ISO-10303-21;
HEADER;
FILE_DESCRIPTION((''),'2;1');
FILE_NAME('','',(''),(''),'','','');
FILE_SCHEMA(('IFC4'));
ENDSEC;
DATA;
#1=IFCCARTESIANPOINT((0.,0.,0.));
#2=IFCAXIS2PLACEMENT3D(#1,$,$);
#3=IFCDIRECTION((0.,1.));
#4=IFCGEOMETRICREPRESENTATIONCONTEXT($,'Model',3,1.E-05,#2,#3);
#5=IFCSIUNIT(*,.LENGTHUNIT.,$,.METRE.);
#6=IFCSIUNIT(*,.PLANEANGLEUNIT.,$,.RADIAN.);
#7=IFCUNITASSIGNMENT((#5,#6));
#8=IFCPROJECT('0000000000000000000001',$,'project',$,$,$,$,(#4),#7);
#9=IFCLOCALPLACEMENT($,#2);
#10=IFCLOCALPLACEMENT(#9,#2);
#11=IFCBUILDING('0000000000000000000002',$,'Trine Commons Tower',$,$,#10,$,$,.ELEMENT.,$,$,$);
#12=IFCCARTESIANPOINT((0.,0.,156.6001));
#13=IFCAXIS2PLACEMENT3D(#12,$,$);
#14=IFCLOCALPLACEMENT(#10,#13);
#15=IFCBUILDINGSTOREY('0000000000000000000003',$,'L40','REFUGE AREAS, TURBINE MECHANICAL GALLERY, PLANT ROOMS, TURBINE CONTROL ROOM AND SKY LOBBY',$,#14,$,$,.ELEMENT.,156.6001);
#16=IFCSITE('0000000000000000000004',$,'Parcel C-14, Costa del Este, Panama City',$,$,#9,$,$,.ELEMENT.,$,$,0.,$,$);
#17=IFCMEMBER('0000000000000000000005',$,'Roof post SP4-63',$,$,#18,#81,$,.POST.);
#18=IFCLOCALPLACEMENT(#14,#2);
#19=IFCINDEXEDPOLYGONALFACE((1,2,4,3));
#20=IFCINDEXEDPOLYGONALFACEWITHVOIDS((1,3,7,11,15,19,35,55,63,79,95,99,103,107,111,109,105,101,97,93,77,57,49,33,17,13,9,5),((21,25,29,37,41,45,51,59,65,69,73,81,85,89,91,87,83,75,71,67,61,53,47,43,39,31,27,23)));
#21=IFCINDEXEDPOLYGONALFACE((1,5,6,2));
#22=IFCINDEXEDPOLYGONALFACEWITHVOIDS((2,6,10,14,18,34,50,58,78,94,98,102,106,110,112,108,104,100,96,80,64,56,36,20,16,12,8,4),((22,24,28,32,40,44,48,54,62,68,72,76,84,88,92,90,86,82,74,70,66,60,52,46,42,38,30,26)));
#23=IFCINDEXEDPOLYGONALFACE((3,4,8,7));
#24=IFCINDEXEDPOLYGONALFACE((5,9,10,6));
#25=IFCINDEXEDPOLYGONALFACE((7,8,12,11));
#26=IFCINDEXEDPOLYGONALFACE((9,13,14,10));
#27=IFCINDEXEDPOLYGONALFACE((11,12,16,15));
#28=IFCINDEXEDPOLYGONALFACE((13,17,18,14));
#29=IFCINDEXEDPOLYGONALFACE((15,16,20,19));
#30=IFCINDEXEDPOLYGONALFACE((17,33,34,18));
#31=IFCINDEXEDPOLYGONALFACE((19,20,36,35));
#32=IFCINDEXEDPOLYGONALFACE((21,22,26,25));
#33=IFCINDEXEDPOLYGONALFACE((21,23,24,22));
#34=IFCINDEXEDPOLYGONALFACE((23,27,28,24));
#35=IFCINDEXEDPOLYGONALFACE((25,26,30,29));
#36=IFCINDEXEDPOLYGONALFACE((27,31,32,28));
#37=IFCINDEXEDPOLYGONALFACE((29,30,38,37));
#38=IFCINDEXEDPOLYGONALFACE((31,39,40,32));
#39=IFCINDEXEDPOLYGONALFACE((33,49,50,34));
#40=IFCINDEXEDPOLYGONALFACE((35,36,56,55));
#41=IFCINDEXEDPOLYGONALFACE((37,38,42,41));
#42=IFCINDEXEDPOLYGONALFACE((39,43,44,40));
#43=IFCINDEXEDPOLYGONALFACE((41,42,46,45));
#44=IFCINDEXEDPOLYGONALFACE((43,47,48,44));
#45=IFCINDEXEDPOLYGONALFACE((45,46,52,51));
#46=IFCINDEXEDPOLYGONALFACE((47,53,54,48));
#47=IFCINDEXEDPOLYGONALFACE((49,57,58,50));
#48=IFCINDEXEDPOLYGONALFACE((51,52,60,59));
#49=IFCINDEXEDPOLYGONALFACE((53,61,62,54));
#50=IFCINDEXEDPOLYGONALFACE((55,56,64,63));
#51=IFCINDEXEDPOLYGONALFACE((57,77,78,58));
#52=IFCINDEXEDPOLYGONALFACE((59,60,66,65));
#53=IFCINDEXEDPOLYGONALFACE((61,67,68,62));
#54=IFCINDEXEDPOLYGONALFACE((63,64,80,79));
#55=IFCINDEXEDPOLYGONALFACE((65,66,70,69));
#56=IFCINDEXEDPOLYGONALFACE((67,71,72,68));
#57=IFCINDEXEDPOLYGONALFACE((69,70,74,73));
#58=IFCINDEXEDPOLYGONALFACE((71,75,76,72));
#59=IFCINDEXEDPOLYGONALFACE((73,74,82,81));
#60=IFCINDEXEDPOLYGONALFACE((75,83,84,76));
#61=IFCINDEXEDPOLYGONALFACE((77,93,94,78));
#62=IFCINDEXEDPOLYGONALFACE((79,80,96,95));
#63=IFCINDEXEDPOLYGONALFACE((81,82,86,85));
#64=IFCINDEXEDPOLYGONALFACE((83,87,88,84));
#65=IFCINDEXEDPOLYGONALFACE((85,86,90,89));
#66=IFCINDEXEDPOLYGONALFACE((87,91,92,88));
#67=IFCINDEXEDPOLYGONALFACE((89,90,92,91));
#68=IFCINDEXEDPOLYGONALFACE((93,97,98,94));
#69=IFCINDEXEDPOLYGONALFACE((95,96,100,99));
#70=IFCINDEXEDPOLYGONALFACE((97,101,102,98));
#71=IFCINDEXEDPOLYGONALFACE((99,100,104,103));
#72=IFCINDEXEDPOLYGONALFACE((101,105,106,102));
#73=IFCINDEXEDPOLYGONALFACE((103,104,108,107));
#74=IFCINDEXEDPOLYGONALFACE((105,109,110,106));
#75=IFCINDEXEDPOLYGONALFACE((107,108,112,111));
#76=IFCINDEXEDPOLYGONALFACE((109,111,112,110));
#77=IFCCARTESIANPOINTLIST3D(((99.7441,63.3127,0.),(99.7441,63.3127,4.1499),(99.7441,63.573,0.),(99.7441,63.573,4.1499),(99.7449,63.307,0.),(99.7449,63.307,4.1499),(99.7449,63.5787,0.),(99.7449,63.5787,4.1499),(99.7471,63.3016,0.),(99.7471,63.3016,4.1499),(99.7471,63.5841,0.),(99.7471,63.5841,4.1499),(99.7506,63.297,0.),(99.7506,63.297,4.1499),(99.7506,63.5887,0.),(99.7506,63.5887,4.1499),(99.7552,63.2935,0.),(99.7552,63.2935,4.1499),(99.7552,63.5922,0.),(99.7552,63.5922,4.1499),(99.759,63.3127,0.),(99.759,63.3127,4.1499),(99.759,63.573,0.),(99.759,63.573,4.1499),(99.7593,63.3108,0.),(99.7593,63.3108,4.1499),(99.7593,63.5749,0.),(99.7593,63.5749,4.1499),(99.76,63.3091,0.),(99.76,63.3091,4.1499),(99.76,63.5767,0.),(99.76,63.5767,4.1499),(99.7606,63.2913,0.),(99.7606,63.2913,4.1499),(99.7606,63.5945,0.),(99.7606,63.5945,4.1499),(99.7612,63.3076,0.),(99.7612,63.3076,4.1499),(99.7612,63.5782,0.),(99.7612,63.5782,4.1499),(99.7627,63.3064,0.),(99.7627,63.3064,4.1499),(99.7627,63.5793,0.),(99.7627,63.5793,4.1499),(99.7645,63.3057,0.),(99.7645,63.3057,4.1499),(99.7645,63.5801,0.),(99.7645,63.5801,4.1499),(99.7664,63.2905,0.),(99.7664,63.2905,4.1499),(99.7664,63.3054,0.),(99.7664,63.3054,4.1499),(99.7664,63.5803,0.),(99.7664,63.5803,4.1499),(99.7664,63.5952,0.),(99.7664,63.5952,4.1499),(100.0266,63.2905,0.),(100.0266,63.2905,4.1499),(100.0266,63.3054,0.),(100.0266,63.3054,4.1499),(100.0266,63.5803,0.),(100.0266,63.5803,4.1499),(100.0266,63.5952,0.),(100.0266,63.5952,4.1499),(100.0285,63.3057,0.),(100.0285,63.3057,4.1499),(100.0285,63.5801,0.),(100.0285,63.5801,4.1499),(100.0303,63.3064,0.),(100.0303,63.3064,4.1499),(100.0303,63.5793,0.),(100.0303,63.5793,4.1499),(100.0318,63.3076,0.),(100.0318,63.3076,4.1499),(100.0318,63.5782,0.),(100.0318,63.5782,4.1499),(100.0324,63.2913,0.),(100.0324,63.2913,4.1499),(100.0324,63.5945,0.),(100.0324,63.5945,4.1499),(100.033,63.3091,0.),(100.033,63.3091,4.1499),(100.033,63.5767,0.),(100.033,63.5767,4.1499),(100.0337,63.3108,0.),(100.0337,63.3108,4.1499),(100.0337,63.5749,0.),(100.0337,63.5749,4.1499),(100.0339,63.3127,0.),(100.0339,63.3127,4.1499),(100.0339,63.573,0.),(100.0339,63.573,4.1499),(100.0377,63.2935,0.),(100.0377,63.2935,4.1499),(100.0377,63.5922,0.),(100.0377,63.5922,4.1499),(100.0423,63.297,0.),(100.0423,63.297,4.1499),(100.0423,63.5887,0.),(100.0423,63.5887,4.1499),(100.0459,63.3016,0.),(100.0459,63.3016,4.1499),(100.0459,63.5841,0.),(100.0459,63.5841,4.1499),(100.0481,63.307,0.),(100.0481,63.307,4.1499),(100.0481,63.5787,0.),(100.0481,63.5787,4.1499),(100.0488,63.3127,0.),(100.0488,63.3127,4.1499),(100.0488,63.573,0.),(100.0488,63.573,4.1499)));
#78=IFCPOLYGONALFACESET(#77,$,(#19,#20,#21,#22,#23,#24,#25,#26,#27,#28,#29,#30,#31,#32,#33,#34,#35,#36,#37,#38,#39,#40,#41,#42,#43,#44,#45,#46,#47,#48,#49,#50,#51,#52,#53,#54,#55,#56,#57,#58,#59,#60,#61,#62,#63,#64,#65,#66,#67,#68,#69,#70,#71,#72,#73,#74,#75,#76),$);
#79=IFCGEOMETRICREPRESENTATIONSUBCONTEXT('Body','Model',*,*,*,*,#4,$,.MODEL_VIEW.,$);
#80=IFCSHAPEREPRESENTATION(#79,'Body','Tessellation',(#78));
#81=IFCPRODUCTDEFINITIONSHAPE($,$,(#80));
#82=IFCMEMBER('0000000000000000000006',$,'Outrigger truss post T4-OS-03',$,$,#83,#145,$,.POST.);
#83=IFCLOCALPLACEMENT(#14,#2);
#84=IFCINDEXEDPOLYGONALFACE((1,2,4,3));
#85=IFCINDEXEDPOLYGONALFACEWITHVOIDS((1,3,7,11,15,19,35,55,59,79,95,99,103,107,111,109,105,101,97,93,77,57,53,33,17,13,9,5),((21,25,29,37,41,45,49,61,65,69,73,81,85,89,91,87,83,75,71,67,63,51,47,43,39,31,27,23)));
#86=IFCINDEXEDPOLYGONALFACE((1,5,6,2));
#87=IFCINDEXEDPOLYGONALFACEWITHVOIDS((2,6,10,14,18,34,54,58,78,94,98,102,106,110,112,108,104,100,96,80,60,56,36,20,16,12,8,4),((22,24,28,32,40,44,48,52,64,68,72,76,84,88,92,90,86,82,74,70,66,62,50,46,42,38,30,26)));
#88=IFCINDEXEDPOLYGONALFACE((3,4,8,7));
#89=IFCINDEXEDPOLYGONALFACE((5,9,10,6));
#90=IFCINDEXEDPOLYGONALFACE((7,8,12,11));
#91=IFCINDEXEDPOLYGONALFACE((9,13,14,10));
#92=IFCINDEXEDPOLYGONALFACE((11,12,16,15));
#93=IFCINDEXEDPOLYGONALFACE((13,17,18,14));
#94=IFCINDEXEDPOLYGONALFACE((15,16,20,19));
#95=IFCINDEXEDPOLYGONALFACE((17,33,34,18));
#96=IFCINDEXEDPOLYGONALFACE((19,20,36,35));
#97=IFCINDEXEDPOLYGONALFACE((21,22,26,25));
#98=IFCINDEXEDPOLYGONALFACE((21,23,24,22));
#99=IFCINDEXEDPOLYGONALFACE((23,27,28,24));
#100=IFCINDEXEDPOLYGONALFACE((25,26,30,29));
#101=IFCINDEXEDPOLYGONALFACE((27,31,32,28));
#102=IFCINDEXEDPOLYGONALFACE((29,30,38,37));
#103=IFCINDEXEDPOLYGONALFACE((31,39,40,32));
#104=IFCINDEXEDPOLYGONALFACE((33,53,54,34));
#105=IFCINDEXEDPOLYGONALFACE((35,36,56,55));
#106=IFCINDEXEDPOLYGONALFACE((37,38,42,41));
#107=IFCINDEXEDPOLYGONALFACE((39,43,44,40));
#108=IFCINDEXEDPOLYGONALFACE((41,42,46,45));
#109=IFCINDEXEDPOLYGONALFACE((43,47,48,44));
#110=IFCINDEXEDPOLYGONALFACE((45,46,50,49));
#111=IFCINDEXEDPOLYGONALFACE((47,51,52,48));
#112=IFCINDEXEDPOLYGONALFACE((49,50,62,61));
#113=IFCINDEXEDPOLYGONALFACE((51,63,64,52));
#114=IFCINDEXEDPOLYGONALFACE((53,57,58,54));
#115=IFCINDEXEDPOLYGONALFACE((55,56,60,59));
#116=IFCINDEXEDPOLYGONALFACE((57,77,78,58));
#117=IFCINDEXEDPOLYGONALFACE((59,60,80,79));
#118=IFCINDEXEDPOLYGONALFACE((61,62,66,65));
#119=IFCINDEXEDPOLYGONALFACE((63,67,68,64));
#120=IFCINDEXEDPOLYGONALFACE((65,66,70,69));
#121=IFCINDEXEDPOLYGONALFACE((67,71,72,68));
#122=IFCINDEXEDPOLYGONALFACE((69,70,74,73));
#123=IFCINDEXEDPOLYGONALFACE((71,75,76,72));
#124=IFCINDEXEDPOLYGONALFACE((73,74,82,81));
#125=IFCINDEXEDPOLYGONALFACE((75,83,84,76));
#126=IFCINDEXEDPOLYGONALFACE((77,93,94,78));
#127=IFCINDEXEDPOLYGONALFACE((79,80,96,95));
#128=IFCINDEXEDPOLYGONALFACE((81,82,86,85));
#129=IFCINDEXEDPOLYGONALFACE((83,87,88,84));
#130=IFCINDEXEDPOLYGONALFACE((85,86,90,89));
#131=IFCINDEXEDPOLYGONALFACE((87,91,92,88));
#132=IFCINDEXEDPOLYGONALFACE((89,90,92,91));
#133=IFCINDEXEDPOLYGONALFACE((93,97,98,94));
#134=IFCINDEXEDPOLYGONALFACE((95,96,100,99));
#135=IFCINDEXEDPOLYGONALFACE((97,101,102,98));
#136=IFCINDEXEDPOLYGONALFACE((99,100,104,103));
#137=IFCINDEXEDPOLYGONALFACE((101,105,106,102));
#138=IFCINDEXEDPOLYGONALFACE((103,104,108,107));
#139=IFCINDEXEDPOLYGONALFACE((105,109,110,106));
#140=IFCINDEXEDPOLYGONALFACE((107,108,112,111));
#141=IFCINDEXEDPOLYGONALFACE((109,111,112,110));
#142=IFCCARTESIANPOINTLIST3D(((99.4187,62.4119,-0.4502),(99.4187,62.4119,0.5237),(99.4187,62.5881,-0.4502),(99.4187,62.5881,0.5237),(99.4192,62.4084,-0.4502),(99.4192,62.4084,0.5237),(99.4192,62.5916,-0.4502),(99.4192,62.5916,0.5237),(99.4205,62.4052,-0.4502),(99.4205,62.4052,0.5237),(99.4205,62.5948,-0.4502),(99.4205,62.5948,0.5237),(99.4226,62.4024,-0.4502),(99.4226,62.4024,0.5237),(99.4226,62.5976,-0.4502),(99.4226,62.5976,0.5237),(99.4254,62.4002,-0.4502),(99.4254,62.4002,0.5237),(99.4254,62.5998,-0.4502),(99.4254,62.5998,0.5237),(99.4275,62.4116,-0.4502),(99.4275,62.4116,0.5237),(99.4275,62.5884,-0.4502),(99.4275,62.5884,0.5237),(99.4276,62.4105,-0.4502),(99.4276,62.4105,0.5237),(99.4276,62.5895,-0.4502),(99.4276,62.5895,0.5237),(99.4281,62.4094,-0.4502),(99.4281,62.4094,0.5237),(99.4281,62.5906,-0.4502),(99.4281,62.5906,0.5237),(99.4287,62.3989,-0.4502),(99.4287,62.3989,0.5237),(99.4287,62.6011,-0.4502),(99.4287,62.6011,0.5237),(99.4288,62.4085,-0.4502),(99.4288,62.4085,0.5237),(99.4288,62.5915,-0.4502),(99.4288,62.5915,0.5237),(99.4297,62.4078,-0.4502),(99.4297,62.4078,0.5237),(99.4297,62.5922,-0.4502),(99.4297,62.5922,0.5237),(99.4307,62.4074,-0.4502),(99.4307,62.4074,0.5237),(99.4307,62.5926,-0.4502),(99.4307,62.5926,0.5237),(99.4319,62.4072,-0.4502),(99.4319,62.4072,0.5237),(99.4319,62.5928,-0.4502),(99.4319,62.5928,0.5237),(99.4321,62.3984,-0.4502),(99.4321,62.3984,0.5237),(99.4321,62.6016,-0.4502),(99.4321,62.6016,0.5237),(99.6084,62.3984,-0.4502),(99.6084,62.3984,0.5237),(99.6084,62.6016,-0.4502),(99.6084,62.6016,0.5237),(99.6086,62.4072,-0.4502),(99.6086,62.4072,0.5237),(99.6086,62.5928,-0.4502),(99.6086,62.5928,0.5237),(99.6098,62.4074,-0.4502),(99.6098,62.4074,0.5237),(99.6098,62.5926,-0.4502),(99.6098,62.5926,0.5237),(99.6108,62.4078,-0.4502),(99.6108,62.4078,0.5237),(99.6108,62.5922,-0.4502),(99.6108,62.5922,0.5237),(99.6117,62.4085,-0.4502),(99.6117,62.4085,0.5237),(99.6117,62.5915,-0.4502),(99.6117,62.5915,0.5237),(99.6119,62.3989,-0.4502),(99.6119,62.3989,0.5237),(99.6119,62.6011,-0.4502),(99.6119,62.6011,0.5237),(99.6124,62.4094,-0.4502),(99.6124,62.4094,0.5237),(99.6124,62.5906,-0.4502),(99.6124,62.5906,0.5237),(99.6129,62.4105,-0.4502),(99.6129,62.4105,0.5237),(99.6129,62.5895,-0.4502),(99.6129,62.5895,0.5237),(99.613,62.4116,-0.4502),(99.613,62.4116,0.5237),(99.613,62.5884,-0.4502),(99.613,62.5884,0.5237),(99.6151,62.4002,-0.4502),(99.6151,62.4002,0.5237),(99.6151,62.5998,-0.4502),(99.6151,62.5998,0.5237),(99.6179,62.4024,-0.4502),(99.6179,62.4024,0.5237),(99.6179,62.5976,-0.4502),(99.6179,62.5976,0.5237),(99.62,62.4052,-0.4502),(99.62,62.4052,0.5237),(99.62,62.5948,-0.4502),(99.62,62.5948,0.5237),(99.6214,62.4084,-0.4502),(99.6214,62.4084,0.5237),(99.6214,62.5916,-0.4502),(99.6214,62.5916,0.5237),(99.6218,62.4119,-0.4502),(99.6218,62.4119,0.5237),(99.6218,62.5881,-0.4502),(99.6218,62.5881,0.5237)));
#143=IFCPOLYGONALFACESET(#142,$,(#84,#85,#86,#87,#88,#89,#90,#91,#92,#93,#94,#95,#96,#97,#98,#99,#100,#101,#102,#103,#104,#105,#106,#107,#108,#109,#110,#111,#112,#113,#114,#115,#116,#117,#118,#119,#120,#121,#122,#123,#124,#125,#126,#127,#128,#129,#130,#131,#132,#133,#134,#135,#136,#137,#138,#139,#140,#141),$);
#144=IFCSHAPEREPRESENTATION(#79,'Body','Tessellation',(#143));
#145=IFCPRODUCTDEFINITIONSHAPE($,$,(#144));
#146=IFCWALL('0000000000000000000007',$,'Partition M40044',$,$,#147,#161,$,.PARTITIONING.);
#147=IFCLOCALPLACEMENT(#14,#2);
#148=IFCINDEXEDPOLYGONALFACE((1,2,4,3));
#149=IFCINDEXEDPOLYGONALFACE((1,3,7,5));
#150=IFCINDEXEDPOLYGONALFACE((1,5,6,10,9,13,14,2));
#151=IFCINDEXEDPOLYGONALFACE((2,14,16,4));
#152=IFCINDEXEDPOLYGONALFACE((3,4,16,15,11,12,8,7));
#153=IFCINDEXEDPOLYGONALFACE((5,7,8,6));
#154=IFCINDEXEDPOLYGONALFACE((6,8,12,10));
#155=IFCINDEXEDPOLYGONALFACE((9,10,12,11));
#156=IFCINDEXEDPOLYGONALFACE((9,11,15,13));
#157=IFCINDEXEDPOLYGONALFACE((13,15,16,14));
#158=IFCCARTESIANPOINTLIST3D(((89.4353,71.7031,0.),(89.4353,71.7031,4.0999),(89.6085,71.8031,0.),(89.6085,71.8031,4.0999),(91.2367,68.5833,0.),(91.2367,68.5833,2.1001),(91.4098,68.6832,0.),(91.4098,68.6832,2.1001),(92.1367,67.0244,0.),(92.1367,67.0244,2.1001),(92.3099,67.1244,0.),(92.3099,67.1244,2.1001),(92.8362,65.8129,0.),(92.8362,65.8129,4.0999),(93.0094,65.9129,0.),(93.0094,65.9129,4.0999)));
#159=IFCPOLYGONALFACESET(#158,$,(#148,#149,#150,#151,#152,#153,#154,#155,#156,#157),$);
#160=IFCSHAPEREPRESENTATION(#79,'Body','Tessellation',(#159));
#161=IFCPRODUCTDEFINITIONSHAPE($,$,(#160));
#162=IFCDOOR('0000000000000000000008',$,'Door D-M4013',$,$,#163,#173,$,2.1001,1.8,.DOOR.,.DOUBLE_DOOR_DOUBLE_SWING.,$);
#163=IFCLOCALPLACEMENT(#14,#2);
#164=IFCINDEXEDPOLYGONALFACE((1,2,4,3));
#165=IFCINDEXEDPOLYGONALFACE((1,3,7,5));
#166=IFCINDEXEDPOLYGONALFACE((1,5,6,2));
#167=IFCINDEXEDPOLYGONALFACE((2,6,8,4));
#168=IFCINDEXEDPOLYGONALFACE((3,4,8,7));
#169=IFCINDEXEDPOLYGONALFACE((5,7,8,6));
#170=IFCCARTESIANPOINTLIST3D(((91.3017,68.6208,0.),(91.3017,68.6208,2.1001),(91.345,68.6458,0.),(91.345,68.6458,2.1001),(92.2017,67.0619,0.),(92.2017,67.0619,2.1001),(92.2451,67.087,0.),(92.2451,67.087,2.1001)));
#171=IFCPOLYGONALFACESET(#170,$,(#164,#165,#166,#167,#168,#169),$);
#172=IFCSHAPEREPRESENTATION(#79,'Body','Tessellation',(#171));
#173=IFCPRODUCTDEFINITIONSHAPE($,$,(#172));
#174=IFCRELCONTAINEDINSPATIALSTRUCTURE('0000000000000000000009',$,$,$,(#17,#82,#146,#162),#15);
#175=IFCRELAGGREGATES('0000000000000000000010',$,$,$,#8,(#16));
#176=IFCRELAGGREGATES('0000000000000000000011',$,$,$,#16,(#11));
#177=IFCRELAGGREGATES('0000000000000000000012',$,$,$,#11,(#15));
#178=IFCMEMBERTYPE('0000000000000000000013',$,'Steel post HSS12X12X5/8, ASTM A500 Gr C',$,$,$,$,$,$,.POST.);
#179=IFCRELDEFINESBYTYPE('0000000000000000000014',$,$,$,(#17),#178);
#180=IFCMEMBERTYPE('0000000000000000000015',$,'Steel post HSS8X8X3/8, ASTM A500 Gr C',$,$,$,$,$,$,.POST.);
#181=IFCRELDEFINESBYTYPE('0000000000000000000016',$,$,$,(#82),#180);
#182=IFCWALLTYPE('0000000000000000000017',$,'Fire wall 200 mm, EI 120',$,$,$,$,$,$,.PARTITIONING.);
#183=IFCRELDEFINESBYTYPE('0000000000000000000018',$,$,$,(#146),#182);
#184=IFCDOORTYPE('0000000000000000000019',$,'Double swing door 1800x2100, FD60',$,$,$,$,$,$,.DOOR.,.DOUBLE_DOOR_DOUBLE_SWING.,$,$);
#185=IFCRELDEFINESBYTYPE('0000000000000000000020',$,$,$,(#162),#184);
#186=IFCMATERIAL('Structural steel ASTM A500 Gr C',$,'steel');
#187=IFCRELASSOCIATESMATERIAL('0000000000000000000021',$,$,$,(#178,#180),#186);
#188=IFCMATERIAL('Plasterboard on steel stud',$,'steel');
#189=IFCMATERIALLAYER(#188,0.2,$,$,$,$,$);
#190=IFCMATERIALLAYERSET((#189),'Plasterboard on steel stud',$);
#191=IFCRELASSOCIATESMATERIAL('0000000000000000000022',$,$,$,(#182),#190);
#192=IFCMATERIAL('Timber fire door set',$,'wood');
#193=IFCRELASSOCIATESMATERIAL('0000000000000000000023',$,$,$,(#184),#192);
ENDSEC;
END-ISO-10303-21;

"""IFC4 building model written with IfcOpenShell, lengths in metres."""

from ifc_helpers import new_model, si_unit, direction, frame, frame_2d, origin, origin_2d, place, context, subcontext, project, spatial, rectangle, hollow_rectangle, extrude, material, layer, layer_set, material_profile, profile_set, type_object, element, fill, save


model = new_model("IFC4")

# Units and contexts
model_context = context("Model", 3, precision=1e-05, world=origin(), true_north=direction((0.0, 1.0)))
body_context = subcontext(model_context, "Body", "Model", "MODEL_VIEW")
ifc_project = project(units=[si_unit("LENGTHUNIT", "METRE"), si_unit("PLANEANGLEUNIT", "RADIAN")], contexts=[model_context])

# Site, building, storey
site_placement = place(None, origin())
site = spatial("IfcSite", under=ifc_project, at=site_placement, Name="Parcel C-14, Costa del Este, Panama City", CompositionType="ELEMENT", RefElevation=0.0)
building_placement = place(site_placement, origin())
building = spatial("IfcBuilding", under=site, at=building_placement, Name="Trine Commons Tower", CompositionType="ELEMENT")
storey_placement = place(building_placement, frame((0.0, 0.0, 156.6001)))
storey = spatial("IfcBuildingStorey", under=building, at=storey_placement, Name="L40", Description="REFUGE AREAS, TURBINE MECHANICAL GALLERY, PLANT ROOMS, TURBINE CONTROL ROOM AND SKY LOBBY", CompositionType="ELEMENT", Elevation=156.6001)

# Members
ifc_material_1 = material(Name="Structural steel ASTM A500 Gr C", Category="steel")
ifc_material_profile_1 = material_profile(ifc_material_1, hollow_rectangle(XDim=0.3047, YDim=0.3047, WallThickness=0.0149, InnerFilletRadius=0.0073, OuterFilletRadius=0.0222, at=origin_2d()), Name="HSS12X12X5/8")
ifc_profile_set_1 = profile_set([ifc_material_profile_1], Name="Structural steel ASTM A500 Gr C")
member_type_1 = type_object("IfcMemberType", Name="Steel post HSS12X12X5/8, ASTM A500 Gr C", PredefinedType="POST", material=ifc_profile_set_1)
member_1_placement = place(storey_placement, frame((99.8965, 63.4429, 0.0), z_axis=(0.0, 0.0, 1.0), x_axis=(1.0, 0.0, 0.0)))
element("IfcMember", 1, at=member_1_placement, inside=storey, type_object=member_type_1, Name="Roof post SP4-63", PredefinedType="POST", context=body_context, shape_type="SweptSolid", body=[
    extrude(hollow_rectangle(XDim=0.3047, YDim=0.3047, WallThickness=0.0149, InnerFilletRadius=0.0073, OuterFilletRadius=0.0222, at=origin_2d()), origin(), (0.0, 0.0, 1.0), 4.1499),
])
ifc_material_profile_2 = material_profile(ifc_material_1, hollow_rectangle(XDim=0.2031, YDim=0.2031, WallThickness=0.0088, InnerFilletRadius=0.0044, OuterFilletRadius=0.0134, at=origin_2d()), Name="HSS8X8X3/8")
ifc_profile_set_2 = profile_set([ifc_material_profile_2], Name="Structural steel ASTM A500 Gr C")
member_type_2 = type_object("IfcMemberType", Name="Steel post HSS8X8X3/8, ASTM A500 Gr C", PredefinedType="POST", material=ifc_profile_set_2)
member_2_placement = place(storey_placement, frame((99.5203, 62.5, -0.4502), z_axis=(0.0, 0.0, 1.0), x_axis=(1.0, 0.0, 0.0)))
element("IfcMember", 2, at=member_2_placement, inside=storey, type_object=member_type_2, Name="Outrigger truss post T4-OS-03", PredefinedType="POST", context=body_context, shape_type="SweptSolid", body=[
    extrude(hollow_rectangle(XDim=0.2031, YDim=0.2031, WallThickness=0.0088, InnerFilletRadius=0.0044, OuterFilletRadius=0.0134, at=origin_2d()), origin(), (0.0, 0.0, 1.0), 0.9739),
])

# Wall, opening, door
ifc_material_2 = material(Name="Plasterboard on steel stud", Category="steel")
ifc_layer = layer(ifc_material_2, 0.2)
ifc_layer_set = layer_set([ifc_layer], Name="Plasterboard on steel stud")
wall_type = type_object("IfcWallType", Name="Fire wall 200 mm, EI 120", PredefinedType="PARTITIONING", material=ifc_layer_set)
wall_1_placement = place(storey_placement, frame((92.9229, 65.8628, 0.0), z_axis=(0.0, 0.0, 1.0), x_axis=(-0.500023, 0.866012, 0.0)))
wall_1 = element("IfcWall", 3, at=wall_1_placement, inside=storey, type_object=wall_type, Name="Partition M40044", PredefinedType="PARTITIONING", context=body_context, shape_type="SweptSolid", body=[
    extrude(rectangle(XDim=6.8015, YDim=0.2, at=frame_2d((3.4009, 0.0))), origin(), (0.0, 0.0, 1.0), 4.0999),
])
opening_1_placement = place(wall_1_placement, frame((1.3992, 0.0, 0.0)))
opening_1 = element("IfcOpeningElement", 4, at=opening_1_placement, cuts=wall_1, PredefinedType="OPENING", context=body_context, shape_type="SweptSolid", body=[
    extrude(rectangle(XDim=1.8, YDim=2.1001, at=frame_2d((0.8999, 1.05))), frame((0.0, 0.1099, 0.0), z_axis=(0.0, -1.0, 0.0), x_axis=(1.0, 0.0, 0.0)), (0.0, 0.0, 1.0), 0.22),
])
ifc_material_3 = material(Name="Timber fire door set", Category="wood")
door_type_1 = type_object("IfcDoorType", Name="Double swing door 1800x2100, FD60", OperationType="DOUBLE_DOOR_DOUBLE_SWING", PredefinedType="DOOR", material=ifc_material_3)
door_1_placement = place(opening_1_placement, origin())
door_1 = element("IfcDoor", 5, at=door_1_placement, inside=storey, type_object=door_type_1, Name="Door D-M4013", OperationType="DOUBLE_DOOR_DOUBLE_SWING", OverallHeight=2.1001, OverallWidth=1.8, PredefinedType="DOOR", context=body_context, shape_type="SweptSolid", body=[
    extrude(rectangle(XDim=1.8, YDim=2.1001, at=frame_2d((0.8999, 1.05))), frame((0.0, 0.0249, 0.0), z_axis=(0.0, -1.0, 0.0), x_axis=(1.0, 0.0, 0.0)), (0.0, 0.0, 1.0), 0.05),
])
fill(opening_1, door_1)

save(model, "model.ifc")
